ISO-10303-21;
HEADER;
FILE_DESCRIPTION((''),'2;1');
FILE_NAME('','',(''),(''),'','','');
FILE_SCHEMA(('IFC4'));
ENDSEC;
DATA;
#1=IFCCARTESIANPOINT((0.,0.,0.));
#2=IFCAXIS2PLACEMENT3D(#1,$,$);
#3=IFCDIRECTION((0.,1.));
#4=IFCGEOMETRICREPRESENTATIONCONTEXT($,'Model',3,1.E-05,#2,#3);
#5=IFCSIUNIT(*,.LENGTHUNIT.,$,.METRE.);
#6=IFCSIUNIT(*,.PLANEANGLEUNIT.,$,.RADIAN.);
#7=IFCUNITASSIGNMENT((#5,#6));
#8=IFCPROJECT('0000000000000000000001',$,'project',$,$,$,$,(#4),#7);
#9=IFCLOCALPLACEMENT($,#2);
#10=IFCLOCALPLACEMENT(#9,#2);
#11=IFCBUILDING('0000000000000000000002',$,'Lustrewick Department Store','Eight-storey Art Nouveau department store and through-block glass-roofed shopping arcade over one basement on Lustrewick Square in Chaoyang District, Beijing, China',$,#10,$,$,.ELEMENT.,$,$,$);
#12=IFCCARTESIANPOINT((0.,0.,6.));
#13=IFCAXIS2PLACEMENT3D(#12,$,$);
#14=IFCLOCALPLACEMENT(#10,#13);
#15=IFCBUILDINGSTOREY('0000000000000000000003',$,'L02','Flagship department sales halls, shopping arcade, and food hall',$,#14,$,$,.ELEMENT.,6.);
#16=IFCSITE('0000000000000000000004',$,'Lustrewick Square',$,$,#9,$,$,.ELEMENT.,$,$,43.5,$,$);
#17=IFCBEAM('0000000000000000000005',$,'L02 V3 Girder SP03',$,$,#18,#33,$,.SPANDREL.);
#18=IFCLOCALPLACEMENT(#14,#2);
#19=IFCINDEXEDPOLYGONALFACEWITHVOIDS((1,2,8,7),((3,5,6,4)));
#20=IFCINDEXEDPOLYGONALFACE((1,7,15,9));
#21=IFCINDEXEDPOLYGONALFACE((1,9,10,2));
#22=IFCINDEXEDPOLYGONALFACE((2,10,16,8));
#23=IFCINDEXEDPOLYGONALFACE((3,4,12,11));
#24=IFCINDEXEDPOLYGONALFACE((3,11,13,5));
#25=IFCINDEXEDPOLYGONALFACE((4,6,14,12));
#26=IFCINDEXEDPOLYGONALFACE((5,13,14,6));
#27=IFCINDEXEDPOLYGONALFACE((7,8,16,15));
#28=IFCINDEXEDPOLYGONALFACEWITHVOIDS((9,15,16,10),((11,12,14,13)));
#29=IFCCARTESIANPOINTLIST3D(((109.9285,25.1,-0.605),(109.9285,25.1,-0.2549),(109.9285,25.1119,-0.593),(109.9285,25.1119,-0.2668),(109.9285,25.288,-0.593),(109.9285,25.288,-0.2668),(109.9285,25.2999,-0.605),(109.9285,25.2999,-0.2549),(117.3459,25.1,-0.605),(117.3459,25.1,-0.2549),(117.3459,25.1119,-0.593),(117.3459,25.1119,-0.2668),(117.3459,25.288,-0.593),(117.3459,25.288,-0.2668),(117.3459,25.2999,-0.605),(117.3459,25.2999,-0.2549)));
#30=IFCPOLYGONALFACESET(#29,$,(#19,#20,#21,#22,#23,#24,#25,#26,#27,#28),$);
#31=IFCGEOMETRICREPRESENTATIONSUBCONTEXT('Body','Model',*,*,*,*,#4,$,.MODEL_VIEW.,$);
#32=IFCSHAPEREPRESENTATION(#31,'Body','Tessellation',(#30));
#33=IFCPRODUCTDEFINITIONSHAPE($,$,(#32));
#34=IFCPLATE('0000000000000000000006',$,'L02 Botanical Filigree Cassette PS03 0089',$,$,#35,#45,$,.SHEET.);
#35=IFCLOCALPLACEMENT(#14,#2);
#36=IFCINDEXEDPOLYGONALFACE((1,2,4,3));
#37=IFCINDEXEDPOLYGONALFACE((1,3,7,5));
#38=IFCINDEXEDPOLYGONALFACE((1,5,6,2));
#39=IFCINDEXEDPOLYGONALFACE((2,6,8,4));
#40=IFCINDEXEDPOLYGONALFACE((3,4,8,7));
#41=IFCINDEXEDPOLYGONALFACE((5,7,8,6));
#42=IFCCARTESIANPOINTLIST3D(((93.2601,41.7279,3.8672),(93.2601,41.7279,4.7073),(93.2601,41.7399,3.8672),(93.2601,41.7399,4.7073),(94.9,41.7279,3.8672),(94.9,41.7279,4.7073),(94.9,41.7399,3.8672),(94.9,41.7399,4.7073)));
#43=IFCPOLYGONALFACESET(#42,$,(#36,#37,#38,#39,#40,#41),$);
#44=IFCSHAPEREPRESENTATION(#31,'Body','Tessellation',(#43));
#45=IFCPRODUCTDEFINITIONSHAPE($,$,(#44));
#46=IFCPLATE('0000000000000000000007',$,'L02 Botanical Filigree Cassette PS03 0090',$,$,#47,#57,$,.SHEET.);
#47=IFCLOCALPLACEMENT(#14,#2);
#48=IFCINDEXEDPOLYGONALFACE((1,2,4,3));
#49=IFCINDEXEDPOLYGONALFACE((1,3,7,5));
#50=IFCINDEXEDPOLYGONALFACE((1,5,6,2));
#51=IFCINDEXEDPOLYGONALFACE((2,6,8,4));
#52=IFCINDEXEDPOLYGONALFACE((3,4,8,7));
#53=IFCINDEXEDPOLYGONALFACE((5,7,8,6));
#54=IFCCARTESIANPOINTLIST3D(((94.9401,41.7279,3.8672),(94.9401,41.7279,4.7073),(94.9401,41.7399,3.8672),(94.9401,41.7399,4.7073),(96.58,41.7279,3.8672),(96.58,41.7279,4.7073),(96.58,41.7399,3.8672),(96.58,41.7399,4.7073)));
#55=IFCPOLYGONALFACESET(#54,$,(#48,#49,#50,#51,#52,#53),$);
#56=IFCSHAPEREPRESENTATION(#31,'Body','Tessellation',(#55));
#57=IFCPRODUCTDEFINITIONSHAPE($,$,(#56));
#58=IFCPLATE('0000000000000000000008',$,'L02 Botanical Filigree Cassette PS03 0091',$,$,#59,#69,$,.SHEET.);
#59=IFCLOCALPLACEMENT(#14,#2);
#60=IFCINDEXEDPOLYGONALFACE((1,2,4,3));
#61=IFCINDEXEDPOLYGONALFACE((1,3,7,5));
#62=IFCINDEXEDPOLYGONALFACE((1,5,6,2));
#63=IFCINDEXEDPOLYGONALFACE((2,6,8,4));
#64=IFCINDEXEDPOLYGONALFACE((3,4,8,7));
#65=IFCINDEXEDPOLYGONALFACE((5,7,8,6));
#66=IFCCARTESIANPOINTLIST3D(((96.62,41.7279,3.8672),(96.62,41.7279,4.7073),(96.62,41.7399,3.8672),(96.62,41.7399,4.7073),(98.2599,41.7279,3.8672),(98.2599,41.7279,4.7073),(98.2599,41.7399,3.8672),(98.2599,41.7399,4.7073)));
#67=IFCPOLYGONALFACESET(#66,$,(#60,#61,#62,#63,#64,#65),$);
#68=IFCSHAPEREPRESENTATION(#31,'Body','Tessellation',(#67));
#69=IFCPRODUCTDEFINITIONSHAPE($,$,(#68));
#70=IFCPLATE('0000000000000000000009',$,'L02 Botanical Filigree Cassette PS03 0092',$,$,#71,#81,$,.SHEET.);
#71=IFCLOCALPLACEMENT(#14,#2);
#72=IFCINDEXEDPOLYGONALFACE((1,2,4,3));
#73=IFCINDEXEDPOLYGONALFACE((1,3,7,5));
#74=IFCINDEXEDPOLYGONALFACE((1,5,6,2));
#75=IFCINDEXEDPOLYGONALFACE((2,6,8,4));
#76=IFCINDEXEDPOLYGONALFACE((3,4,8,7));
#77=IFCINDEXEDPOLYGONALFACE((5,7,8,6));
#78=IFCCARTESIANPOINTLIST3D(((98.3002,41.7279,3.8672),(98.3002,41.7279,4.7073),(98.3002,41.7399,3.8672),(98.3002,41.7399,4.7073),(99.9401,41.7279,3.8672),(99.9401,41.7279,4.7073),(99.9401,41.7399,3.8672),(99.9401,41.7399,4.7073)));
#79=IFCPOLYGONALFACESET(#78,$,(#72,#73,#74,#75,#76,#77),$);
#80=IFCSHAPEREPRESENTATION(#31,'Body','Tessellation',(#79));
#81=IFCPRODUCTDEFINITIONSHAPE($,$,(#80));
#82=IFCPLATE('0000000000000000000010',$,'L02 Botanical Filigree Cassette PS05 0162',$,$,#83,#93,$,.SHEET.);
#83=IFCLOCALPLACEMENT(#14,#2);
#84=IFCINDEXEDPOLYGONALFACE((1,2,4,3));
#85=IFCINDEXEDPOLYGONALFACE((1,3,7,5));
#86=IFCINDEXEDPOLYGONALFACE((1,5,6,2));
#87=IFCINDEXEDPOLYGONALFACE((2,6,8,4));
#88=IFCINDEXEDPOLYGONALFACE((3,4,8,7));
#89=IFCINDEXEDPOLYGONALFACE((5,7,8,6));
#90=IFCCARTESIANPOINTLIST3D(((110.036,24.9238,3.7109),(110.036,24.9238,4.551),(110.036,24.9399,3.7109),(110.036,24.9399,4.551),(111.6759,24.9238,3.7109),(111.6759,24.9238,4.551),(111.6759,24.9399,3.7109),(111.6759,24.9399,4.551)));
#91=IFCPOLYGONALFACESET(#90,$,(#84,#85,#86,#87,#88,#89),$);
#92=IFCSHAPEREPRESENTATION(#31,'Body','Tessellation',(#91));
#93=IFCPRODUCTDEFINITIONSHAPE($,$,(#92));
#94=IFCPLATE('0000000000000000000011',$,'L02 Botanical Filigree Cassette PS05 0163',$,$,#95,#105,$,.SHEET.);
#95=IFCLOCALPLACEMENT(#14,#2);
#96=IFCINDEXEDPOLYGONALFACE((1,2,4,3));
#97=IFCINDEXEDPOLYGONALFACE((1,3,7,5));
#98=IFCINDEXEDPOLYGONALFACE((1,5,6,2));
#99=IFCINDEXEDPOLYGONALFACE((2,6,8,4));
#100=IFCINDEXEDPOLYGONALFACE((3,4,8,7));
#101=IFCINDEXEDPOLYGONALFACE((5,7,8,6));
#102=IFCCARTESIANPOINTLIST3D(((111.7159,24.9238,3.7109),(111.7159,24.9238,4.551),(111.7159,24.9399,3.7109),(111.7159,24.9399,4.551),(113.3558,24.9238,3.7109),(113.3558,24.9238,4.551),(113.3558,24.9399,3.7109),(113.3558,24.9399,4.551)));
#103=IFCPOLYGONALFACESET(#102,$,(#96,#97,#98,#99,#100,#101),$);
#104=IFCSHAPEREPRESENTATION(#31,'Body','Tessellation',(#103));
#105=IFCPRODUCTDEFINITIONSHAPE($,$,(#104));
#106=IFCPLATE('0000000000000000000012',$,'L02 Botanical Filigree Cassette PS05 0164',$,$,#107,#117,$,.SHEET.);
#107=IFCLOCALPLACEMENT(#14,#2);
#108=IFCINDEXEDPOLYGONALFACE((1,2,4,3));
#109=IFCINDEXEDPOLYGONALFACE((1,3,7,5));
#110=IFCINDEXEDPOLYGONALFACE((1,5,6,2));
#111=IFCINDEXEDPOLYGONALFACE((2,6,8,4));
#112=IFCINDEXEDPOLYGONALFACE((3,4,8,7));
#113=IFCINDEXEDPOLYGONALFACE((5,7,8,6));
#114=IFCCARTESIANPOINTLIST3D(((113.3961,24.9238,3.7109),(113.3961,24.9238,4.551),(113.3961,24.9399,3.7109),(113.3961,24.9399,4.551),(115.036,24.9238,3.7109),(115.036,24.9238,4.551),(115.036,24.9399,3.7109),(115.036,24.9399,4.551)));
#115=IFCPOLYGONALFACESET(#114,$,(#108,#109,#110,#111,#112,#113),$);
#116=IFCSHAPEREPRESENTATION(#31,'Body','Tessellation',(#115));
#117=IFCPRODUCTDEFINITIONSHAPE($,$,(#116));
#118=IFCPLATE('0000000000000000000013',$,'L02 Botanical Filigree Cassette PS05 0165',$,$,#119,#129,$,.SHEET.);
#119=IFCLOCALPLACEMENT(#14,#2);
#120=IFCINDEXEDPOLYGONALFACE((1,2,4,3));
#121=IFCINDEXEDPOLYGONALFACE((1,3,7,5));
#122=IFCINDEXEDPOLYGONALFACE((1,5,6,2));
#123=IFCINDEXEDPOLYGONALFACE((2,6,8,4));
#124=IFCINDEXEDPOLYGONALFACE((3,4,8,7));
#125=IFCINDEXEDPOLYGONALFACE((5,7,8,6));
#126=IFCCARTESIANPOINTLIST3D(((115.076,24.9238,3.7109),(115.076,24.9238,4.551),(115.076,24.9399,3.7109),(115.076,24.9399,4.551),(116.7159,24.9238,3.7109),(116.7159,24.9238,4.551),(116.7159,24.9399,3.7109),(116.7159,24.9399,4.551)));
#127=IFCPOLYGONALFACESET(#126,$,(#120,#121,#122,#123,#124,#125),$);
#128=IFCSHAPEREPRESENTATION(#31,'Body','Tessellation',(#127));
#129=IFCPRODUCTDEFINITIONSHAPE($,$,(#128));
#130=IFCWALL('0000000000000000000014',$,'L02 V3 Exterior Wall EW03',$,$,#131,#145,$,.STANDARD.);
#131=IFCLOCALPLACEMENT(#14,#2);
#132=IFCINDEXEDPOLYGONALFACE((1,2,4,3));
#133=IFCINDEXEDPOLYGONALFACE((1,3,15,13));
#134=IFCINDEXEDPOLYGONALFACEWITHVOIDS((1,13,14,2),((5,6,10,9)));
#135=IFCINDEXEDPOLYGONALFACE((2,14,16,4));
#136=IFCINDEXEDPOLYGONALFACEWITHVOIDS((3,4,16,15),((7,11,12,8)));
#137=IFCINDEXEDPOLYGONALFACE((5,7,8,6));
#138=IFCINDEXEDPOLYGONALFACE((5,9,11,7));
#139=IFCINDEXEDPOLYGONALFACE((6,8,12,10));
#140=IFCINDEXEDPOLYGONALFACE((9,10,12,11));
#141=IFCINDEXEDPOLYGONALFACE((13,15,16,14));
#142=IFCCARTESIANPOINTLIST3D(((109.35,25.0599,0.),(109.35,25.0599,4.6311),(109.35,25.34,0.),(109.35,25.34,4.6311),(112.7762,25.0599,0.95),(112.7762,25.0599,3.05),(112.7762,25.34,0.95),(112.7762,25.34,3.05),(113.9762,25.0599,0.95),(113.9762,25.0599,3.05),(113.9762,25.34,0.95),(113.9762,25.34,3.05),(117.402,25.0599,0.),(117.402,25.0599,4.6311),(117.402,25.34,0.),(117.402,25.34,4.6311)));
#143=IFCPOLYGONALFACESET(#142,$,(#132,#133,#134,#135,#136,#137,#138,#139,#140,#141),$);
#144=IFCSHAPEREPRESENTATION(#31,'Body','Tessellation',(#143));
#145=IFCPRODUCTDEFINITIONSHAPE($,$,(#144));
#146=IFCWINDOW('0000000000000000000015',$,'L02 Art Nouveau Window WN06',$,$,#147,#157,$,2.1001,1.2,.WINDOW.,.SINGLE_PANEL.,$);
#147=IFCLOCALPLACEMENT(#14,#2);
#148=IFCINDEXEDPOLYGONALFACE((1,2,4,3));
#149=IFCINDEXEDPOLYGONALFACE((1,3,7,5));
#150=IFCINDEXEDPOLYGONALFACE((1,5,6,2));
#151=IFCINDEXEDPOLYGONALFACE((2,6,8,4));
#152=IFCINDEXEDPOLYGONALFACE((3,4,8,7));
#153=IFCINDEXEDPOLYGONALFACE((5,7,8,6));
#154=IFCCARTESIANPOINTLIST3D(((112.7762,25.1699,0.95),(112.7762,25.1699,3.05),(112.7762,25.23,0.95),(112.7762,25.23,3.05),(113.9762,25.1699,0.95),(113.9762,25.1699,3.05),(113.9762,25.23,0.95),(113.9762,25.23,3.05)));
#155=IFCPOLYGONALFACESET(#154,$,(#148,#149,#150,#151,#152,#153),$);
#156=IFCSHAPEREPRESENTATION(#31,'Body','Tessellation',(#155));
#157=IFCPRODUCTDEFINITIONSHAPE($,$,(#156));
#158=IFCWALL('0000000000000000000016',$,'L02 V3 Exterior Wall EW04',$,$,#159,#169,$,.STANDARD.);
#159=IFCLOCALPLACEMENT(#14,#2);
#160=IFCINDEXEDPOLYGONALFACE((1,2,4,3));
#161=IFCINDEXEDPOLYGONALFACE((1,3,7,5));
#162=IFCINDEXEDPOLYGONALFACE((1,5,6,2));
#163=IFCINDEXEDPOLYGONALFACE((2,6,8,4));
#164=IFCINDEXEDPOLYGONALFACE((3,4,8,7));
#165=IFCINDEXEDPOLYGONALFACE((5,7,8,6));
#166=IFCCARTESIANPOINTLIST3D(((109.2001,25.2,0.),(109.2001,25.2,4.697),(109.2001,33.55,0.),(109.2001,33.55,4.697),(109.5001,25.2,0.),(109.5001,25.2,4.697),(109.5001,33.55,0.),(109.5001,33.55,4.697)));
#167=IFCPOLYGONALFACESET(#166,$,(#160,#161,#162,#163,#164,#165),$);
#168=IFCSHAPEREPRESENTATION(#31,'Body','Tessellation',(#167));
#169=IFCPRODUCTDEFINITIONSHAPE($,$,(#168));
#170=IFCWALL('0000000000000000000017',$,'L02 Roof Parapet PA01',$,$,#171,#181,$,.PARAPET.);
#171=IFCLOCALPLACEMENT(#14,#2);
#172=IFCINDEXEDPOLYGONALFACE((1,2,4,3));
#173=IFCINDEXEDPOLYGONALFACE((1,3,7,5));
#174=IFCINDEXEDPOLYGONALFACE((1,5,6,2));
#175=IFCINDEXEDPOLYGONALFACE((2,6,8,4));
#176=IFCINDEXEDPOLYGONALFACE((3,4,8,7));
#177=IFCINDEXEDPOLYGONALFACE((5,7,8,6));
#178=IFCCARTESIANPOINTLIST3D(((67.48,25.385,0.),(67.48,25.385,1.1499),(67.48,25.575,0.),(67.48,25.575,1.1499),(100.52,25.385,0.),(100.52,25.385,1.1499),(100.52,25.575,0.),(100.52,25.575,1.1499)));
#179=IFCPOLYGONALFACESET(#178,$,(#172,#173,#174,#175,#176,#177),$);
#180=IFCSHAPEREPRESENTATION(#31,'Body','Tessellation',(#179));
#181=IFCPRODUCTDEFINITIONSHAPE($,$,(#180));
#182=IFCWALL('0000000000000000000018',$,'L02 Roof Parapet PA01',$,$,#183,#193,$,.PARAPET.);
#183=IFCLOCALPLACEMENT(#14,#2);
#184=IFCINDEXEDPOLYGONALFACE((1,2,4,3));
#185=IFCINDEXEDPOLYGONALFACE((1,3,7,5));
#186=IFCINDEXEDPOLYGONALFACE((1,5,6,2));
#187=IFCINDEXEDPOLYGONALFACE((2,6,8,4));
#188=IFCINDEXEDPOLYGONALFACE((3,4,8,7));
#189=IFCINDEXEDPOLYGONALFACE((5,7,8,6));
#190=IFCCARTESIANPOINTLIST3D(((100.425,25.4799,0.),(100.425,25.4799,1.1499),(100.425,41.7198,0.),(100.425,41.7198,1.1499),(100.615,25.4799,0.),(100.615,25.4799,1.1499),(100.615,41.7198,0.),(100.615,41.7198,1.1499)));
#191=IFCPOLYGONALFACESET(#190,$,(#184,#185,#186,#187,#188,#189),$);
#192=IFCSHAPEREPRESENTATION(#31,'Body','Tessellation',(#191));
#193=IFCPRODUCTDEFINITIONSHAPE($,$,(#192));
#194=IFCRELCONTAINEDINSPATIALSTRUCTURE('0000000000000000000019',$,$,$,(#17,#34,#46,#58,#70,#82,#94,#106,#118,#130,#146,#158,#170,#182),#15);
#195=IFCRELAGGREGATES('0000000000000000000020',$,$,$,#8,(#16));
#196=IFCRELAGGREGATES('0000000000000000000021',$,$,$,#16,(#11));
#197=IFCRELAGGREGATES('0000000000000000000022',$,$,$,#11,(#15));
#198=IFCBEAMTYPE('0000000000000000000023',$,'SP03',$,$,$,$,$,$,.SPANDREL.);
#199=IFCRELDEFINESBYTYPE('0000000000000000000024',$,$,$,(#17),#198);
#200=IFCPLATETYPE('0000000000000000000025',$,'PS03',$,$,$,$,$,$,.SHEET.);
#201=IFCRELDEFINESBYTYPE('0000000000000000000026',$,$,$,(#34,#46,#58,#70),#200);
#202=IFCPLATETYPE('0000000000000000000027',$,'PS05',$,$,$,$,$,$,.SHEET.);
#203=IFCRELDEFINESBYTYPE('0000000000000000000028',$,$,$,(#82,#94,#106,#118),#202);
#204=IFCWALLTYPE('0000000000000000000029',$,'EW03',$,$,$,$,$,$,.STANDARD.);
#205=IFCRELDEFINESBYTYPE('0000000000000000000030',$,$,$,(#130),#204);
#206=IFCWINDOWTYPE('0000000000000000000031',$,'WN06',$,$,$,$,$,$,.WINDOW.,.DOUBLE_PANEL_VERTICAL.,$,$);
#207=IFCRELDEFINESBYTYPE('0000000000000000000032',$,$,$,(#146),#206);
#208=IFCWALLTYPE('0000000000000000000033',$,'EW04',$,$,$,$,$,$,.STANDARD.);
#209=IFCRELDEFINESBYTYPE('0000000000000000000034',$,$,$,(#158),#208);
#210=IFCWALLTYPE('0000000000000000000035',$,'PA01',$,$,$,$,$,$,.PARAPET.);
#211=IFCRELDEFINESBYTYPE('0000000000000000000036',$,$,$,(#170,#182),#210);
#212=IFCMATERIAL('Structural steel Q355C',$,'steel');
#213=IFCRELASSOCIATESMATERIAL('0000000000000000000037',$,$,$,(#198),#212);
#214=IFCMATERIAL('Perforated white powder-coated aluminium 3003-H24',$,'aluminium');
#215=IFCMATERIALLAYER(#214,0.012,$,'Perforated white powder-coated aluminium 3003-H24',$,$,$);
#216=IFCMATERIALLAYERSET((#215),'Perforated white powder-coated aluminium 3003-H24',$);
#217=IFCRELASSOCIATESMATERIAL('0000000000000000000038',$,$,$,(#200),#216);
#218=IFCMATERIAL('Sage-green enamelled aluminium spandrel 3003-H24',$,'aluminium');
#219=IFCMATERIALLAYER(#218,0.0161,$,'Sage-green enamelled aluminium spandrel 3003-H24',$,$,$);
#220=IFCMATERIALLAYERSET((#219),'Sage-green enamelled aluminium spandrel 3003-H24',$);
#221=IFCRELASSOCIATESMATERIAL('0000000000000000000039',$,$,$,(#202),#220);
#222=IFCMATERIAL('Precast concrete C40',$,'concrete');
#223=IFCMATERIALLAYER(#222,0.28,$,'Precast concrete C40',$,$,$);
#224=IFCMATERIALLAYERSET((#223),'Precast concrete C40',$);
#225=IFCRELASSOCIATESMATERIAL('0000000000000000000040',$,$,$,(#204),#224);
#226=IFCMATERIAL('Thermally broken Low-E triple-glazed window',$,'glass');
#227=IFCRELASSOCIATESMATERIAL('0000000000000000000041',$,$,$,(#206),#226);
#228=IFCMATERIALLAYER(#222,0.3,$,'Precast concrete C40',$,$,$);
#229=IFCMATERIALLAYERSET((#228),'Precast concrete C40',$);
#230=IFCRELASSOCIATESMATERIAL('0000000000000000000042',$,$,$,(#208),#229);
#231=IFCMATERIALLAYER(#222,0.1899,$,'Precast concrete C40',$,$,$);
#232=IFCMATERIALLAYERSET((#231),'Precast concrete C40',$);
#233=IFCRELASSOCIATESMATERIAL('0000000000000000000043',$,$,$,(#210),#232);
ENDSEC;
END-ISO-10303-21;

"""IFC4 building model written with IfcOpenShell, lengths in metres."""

from ifc_helpers import new_model, si_unit, direction, frame, frame_2d, origin, origin_2d, place, context, subcontext, project, spatial, rectangle, hollow_rectangle, extrude, material, layer, layer_set, material_profile, profile_set, type_object, element, fill, save


model = new_model("IFC4")

# Units and contexts
model_context = context("Model", 3, precision=1e-05, world=origin(), true_north=direction((0.0, 1.0)))
body_context = subcontext(model_context, "Body", "Model", "MODEL_VIEW")
ifc_project = project(units=[si_unit("LENGTHUNIT", "METRE"), si_unit("PLANEANGLEUNIT", "RADIAN")], contexts=[model_context])

# Site, building, storey
site_placement = place(None, origin())
site = spatial("IfcSite", under=ifc_project, at=site_placement, Name="Lustrewick Square", CompositionType="ELEMENT", RefElevation=43.5)
building_placement = place(site_placement, origin())
building = spatial("IfcBuilding", under=site, at=building_placement, Name="Lustrewick Department Store", Description="Eight-storey Art Nouveau department store and through-block glass-roofed shopping arcade over one basement on Lustrewick Square in Chaoyang District, Beijing, China", CompositionType="ELEMENT")
storey_placement = place(building_placement, frame((0.0, 0.0, 6.0)))
storey = spatial("IfcBuildingStorey", under=building, at=storey_placement, Name="L02", Description="Flagship department sales halls, shopping arcade, and food hall", CompositionType="ELEMENT", Elevation=6.0)

# Shared definitions
ifc_material_1 = material(Name="Structural steel Q355C", Category="steel")

# Beam
ifc_material_profile_1 = material_profile(ifc_material_1, hollow_rectangle(XDim=0.2, YDim=0.3501, WallThickness=0.012, at=origin_2d()), Name="RHS 350x200x12")
ifc_profile_set_1 = profile_set([ifc_material_profile_1], Name="Structural steel Q355C")
beam_type_1 = type_object("IfcBeamType", Name="SP03", PredefinedType="SPANDREL", material=ifc_profile_set_1)
beam_1_placement = place(storey_placement, frame((109.9285, 25.2, -0.4299), z_axis=(1.0, 0.0, 0.0), x_axis=(0.0, 1.0, 0.0)))
element("IfcBeam", 1, at=beam_1_placement, inside=storey, type_object=beam_type_1, Name="L02 V3 Girder SP03", PredefinedType="SPANDREL", context=body_context, shape_type="SweptSolid", body=[
    extrude(hollow_rectangle(XDim=0.2, YDim=0.3501, WallThickness=0.012, at=origin_2d()), origin(), (0.0, 0.0, 1.0), 7.4175),
])

# Plates
ifc_material_2 = material(Name="Perforated white powder-coated aluminium 3003-H24", Category="aluminium")
ifc_layer_1 = layer(ifc_material_2, 0.012, Name="Perforated white powder-coated aluminium 3003-H24")
ifc_layer_set_1 = layer_set([ifc_layer_1], Name="Perforated white powder-coated aluminium 3003-H24")
plate_type_1 = type_object("IfcPlateType", Name="PS03", PredefinedType="SHEET", material=ifc_layer_set_1)
for number, where, z_axis, x_axis, name in (
    (2, (94.0801, 41.7339, 3.8672), (0.0, 0.0, 1.0), (1.0, 0.0, 0.0), "L02 Botanical Filigree Cassette PS03 0089"),
    (3, (95.76, 41.7339, 3.8672), (0.0, 0.0, 1.0), (1.0, 0.0, 0.0), "L02 Botanical Filigree Cassette PS03 0090"),
    (4, (97.4399, 41.7339, 3.8672), (0.0, 0.0, 1.0), (1.0, 0.0, 0.0), "L02 Botanical Filigree Cassette PS03 0091"),
    (5, (99.1201, 41.7339, 3.8672), (0.0, 0.0, 1.0), (1.0, 0.0, 0.0), "L02 Botanical Filigree Cassette PS03 0092"),
):
    element("IfcPlate", number, at=place(storey_placement, frame(where, z_axis=z_axis, x_axis=x_axis)), inside=storey, type_object=plate_type_1, Name=name, PredefinedType="SHEET", context=body_context, shape_type="SweptSolid", body=[
        extrude(rectangle(XDim=1.6399, YDim=0.012, at=origin_2d()), origin(), (0.0, 0.0, 1.0), 0.8401),
    ])
ifc_material_3 = material(Name="Sage-green enamelled aluminium spandrel 3003-H24", Category="aluminium")
ifc_layer_2 = layer(ifc_material_3, 0.0161, Name="Sage-green enamelled aluminium spandrel 3003-H24")
ifc_layer_set_2 = layer_set([ifc_layer_2], Name="Sage-green enamelled aluminium spandrel 3003-H24")
plate_type_2 = type_object("IfcPlateType", Name="PS05", PredefinedType="SHEET", material=ifc_layer_set_2)
for number, where, z_axis, x_axis, name in (
    (6, (110.856, 24.9319, 3.7109), (0.0, 0.0, 1.0), (1.0, 0.0, 0.0), "L02 Botanical Filigree Cassette PS05 0162"),
    (7, (112.5359, 24.9319, 3.7109), (0.0, 0.0, 1.0), (1.0, 0.0, 0.0), "L02 Botanical Filigree Cassette PS05 0163"),
    (8, (114.2161, 24.9319, 3.7109), (0.0, 0.0, 1.0), (1.0, 0.0, 0.0), "L02 Botanical Filigree Cassette PS05 0164"),
    (9, (115.896, 24.9319, 3.7109), (0.0, 0.0, 1.0), (1.0, 0.0, 0.0), "L02 Botanical Filigree Cassette PS05 0165"),
):
    element("IfcPlate", number, at=place(storey_placement, frame(where, z_axis=z_axis, x_axis=x_axis)), inside=storey, type_object=plate_type_2, Name=name, PredefinedType="SHEET", context=body_context, shape_type="SweptSolid", body=[
        extrude(rectangle(XDim=1.6399, YDim=0.0161, at=origin_2d()), origin(), (0.0, 0.0, 1.0), 0.8401),
    ])

# Wall, opening, window
ifc_material_4 = material(Name="Precast concrete C40", Category="concrete")
ifc_layer_3 = layer(ifc_material_4, 0.28, Name="Precast concrete C40")
ifc_layer_set_3 = layer_set([ifc_layer_3], Name="Precast concrete C40")
wall_type_1 = type_object("IfcWallType", Name="EW03", PredefinedType="STANDARD", material=ifc_layer_set_3)
wall_1_placement = place(storey_placement, frame((109.3501, 25.2, 0.0), z_axis=(0.0, 0.0, 1.0), x_axis=(1.0, 0.0, 0.0)))
wall_1 = element("IfcWall", 10, at=wall_1_placement, inside=storey, type_object=wall_type_1, Name="L02 V3 Exterior Wall EW03", PredefinedType="STANDARD", context=body_context, shape_type="SweptSolid", body=[
    extrude(rectangle(XDim=8.052, YDim=0.28, at=frame_2d((4.0259, 0.0))), origin(), (0.0, 0.0, 1.0), 4.6311),
])
opening_placement = place(wall_1_placement, frame((3.426, 0.0, 0.95)))
opening = element("IfcOpeningElement", 11, at=opening_placement, cuts=wall_1, PredefinedType="OPENING", context=body_context, shape_type="SweptSolid", body=[
    extrude(rectangle(XDim=1.2, YDim=2.1001, at=frame_2d((0.6001, 1.05))), frame((0.0, 0.1499, 0.0), z_axis=(0.0, -1.0, 0.0), x_axis=(1.0, 0.0, 0.0)), (0.0, 0.0, 1.0), 0.3),
])
ifc_material_5 = material(Name="Thermally broken Low-E triple-glazed window", Category="glass")
window_type = type_object("IfcWindowType", Name="WN06", PartitioningType="DOUBLE_PANEL_VERTICAL", PredefinedType="WINDOW", material=ifc_material_5)
window_placement = place(opening_placement, origin())
window = element("IfcWindow", 12, at=window_placement, inside=storey, type_object=window_type, Name="L02 Art Nouveau Window WN06", OverallHeight=2.1001, OverallWidth=1.2, PartitioningType="SINGLE_PANEL", PredefinedType="WINDOW", context=body_context, shape_type="SweptSolid", body=[
    extrude(rectangle(XDim=1.2, YDim=2.1001, at=frame_2d((0.6001, 1.05))), frame((0.0, 0.03, 0.0), z_axis=(0.0, -1.0, 0.0), x_axis=(1.0, 0.0, 0.0)), (0.0, 0.0, 1.0), 0.0601),
])
fill(opening, window)

# Walls
ifc_layer_4 = layer(ifc_material_4, 0.3, Name="Precast concrete C40")
ifc_layer_set_4 = layer_set([ifc_layer_4], Name="Precast concrete C40")
wall_type_2 = type_object("IfcWallType", Name="EW04", PredefinedType="STANDARD", material=ifc_layer_set_4)
wall_2_placement = place(storey_placement, frame((109.3501, 33.55, 0.0), z_axis=(0.0, 0.0, 1.0), x_axis=(0.0, -1.0, 0.0)))
element("IfcWall", 13, at=wall_2_placement, inside=storey, type_object=wall_type_2, Name="L02 V3 Exterior Wall EW04", PredefinedType="STANDARD", context=body_context, shape_type="SweptSolid", body=[
    extrude(rectangle(XDim=8.3501, YDim=0.3, at=frame_2d((4.175, 0.0))), origin(), (0.0, 0.0, 1.0), 4.697),
])
ifc_layer_5 = layer(ifc_material_4, 0.1899, Name="Precast concrete C40")
ifc_layer_set_5 = layer_set([ifc_layer_5], Name="Precast concrete C40")
wall_type_3 = type_object("IfcWallType", Name="PA01", PredefinedType="PARAPET", material=ifc_layer_set_5)
wall_3_placement = place(storey_placement, frame((100.52, 25.48, 0.0), z_axis=(0.0, 0.0, 1.0), x_axis=(-1.0, 0.0, 0.0)))
element("IfcWall", 14, at=wall_3_placement, inside=storey, type_object=wall_type_3, Name="L02 Roof Parapet PA01", PredefinedType="PARAPET", context=body_context, shape_type="SweptSolid", body=[
    extrude(rectangle(XDim=33.04, YDim=0.1899, at=frame_2d((16.52, 0.0))), origin(), (0.0, 0.0, 1.0), 1.1499),
])
wall_4_placement = place(storey_placement, frame((100.52, 41.72, 0.0), z_axis=(0.0, 0.0, 1.0), x_axis=(0.0, -1.0, 0.0)))
element("IfcWall", 15, at=wall_4_placement, inside=storey, type_object=wall_type_3, Name="L02 Roof Parapet PA01", PredefinedType="PARAPET", context=body_context, shape_type="SweptSolid", body=[
    extrude(rectangle(XDim=16.24, YDim=0.1899, at=frame_2d((8.1201, 0.0))), origin(), (0.0, 0.0, 1.0), 1.1499),
])

save(model, "model.ifc")
